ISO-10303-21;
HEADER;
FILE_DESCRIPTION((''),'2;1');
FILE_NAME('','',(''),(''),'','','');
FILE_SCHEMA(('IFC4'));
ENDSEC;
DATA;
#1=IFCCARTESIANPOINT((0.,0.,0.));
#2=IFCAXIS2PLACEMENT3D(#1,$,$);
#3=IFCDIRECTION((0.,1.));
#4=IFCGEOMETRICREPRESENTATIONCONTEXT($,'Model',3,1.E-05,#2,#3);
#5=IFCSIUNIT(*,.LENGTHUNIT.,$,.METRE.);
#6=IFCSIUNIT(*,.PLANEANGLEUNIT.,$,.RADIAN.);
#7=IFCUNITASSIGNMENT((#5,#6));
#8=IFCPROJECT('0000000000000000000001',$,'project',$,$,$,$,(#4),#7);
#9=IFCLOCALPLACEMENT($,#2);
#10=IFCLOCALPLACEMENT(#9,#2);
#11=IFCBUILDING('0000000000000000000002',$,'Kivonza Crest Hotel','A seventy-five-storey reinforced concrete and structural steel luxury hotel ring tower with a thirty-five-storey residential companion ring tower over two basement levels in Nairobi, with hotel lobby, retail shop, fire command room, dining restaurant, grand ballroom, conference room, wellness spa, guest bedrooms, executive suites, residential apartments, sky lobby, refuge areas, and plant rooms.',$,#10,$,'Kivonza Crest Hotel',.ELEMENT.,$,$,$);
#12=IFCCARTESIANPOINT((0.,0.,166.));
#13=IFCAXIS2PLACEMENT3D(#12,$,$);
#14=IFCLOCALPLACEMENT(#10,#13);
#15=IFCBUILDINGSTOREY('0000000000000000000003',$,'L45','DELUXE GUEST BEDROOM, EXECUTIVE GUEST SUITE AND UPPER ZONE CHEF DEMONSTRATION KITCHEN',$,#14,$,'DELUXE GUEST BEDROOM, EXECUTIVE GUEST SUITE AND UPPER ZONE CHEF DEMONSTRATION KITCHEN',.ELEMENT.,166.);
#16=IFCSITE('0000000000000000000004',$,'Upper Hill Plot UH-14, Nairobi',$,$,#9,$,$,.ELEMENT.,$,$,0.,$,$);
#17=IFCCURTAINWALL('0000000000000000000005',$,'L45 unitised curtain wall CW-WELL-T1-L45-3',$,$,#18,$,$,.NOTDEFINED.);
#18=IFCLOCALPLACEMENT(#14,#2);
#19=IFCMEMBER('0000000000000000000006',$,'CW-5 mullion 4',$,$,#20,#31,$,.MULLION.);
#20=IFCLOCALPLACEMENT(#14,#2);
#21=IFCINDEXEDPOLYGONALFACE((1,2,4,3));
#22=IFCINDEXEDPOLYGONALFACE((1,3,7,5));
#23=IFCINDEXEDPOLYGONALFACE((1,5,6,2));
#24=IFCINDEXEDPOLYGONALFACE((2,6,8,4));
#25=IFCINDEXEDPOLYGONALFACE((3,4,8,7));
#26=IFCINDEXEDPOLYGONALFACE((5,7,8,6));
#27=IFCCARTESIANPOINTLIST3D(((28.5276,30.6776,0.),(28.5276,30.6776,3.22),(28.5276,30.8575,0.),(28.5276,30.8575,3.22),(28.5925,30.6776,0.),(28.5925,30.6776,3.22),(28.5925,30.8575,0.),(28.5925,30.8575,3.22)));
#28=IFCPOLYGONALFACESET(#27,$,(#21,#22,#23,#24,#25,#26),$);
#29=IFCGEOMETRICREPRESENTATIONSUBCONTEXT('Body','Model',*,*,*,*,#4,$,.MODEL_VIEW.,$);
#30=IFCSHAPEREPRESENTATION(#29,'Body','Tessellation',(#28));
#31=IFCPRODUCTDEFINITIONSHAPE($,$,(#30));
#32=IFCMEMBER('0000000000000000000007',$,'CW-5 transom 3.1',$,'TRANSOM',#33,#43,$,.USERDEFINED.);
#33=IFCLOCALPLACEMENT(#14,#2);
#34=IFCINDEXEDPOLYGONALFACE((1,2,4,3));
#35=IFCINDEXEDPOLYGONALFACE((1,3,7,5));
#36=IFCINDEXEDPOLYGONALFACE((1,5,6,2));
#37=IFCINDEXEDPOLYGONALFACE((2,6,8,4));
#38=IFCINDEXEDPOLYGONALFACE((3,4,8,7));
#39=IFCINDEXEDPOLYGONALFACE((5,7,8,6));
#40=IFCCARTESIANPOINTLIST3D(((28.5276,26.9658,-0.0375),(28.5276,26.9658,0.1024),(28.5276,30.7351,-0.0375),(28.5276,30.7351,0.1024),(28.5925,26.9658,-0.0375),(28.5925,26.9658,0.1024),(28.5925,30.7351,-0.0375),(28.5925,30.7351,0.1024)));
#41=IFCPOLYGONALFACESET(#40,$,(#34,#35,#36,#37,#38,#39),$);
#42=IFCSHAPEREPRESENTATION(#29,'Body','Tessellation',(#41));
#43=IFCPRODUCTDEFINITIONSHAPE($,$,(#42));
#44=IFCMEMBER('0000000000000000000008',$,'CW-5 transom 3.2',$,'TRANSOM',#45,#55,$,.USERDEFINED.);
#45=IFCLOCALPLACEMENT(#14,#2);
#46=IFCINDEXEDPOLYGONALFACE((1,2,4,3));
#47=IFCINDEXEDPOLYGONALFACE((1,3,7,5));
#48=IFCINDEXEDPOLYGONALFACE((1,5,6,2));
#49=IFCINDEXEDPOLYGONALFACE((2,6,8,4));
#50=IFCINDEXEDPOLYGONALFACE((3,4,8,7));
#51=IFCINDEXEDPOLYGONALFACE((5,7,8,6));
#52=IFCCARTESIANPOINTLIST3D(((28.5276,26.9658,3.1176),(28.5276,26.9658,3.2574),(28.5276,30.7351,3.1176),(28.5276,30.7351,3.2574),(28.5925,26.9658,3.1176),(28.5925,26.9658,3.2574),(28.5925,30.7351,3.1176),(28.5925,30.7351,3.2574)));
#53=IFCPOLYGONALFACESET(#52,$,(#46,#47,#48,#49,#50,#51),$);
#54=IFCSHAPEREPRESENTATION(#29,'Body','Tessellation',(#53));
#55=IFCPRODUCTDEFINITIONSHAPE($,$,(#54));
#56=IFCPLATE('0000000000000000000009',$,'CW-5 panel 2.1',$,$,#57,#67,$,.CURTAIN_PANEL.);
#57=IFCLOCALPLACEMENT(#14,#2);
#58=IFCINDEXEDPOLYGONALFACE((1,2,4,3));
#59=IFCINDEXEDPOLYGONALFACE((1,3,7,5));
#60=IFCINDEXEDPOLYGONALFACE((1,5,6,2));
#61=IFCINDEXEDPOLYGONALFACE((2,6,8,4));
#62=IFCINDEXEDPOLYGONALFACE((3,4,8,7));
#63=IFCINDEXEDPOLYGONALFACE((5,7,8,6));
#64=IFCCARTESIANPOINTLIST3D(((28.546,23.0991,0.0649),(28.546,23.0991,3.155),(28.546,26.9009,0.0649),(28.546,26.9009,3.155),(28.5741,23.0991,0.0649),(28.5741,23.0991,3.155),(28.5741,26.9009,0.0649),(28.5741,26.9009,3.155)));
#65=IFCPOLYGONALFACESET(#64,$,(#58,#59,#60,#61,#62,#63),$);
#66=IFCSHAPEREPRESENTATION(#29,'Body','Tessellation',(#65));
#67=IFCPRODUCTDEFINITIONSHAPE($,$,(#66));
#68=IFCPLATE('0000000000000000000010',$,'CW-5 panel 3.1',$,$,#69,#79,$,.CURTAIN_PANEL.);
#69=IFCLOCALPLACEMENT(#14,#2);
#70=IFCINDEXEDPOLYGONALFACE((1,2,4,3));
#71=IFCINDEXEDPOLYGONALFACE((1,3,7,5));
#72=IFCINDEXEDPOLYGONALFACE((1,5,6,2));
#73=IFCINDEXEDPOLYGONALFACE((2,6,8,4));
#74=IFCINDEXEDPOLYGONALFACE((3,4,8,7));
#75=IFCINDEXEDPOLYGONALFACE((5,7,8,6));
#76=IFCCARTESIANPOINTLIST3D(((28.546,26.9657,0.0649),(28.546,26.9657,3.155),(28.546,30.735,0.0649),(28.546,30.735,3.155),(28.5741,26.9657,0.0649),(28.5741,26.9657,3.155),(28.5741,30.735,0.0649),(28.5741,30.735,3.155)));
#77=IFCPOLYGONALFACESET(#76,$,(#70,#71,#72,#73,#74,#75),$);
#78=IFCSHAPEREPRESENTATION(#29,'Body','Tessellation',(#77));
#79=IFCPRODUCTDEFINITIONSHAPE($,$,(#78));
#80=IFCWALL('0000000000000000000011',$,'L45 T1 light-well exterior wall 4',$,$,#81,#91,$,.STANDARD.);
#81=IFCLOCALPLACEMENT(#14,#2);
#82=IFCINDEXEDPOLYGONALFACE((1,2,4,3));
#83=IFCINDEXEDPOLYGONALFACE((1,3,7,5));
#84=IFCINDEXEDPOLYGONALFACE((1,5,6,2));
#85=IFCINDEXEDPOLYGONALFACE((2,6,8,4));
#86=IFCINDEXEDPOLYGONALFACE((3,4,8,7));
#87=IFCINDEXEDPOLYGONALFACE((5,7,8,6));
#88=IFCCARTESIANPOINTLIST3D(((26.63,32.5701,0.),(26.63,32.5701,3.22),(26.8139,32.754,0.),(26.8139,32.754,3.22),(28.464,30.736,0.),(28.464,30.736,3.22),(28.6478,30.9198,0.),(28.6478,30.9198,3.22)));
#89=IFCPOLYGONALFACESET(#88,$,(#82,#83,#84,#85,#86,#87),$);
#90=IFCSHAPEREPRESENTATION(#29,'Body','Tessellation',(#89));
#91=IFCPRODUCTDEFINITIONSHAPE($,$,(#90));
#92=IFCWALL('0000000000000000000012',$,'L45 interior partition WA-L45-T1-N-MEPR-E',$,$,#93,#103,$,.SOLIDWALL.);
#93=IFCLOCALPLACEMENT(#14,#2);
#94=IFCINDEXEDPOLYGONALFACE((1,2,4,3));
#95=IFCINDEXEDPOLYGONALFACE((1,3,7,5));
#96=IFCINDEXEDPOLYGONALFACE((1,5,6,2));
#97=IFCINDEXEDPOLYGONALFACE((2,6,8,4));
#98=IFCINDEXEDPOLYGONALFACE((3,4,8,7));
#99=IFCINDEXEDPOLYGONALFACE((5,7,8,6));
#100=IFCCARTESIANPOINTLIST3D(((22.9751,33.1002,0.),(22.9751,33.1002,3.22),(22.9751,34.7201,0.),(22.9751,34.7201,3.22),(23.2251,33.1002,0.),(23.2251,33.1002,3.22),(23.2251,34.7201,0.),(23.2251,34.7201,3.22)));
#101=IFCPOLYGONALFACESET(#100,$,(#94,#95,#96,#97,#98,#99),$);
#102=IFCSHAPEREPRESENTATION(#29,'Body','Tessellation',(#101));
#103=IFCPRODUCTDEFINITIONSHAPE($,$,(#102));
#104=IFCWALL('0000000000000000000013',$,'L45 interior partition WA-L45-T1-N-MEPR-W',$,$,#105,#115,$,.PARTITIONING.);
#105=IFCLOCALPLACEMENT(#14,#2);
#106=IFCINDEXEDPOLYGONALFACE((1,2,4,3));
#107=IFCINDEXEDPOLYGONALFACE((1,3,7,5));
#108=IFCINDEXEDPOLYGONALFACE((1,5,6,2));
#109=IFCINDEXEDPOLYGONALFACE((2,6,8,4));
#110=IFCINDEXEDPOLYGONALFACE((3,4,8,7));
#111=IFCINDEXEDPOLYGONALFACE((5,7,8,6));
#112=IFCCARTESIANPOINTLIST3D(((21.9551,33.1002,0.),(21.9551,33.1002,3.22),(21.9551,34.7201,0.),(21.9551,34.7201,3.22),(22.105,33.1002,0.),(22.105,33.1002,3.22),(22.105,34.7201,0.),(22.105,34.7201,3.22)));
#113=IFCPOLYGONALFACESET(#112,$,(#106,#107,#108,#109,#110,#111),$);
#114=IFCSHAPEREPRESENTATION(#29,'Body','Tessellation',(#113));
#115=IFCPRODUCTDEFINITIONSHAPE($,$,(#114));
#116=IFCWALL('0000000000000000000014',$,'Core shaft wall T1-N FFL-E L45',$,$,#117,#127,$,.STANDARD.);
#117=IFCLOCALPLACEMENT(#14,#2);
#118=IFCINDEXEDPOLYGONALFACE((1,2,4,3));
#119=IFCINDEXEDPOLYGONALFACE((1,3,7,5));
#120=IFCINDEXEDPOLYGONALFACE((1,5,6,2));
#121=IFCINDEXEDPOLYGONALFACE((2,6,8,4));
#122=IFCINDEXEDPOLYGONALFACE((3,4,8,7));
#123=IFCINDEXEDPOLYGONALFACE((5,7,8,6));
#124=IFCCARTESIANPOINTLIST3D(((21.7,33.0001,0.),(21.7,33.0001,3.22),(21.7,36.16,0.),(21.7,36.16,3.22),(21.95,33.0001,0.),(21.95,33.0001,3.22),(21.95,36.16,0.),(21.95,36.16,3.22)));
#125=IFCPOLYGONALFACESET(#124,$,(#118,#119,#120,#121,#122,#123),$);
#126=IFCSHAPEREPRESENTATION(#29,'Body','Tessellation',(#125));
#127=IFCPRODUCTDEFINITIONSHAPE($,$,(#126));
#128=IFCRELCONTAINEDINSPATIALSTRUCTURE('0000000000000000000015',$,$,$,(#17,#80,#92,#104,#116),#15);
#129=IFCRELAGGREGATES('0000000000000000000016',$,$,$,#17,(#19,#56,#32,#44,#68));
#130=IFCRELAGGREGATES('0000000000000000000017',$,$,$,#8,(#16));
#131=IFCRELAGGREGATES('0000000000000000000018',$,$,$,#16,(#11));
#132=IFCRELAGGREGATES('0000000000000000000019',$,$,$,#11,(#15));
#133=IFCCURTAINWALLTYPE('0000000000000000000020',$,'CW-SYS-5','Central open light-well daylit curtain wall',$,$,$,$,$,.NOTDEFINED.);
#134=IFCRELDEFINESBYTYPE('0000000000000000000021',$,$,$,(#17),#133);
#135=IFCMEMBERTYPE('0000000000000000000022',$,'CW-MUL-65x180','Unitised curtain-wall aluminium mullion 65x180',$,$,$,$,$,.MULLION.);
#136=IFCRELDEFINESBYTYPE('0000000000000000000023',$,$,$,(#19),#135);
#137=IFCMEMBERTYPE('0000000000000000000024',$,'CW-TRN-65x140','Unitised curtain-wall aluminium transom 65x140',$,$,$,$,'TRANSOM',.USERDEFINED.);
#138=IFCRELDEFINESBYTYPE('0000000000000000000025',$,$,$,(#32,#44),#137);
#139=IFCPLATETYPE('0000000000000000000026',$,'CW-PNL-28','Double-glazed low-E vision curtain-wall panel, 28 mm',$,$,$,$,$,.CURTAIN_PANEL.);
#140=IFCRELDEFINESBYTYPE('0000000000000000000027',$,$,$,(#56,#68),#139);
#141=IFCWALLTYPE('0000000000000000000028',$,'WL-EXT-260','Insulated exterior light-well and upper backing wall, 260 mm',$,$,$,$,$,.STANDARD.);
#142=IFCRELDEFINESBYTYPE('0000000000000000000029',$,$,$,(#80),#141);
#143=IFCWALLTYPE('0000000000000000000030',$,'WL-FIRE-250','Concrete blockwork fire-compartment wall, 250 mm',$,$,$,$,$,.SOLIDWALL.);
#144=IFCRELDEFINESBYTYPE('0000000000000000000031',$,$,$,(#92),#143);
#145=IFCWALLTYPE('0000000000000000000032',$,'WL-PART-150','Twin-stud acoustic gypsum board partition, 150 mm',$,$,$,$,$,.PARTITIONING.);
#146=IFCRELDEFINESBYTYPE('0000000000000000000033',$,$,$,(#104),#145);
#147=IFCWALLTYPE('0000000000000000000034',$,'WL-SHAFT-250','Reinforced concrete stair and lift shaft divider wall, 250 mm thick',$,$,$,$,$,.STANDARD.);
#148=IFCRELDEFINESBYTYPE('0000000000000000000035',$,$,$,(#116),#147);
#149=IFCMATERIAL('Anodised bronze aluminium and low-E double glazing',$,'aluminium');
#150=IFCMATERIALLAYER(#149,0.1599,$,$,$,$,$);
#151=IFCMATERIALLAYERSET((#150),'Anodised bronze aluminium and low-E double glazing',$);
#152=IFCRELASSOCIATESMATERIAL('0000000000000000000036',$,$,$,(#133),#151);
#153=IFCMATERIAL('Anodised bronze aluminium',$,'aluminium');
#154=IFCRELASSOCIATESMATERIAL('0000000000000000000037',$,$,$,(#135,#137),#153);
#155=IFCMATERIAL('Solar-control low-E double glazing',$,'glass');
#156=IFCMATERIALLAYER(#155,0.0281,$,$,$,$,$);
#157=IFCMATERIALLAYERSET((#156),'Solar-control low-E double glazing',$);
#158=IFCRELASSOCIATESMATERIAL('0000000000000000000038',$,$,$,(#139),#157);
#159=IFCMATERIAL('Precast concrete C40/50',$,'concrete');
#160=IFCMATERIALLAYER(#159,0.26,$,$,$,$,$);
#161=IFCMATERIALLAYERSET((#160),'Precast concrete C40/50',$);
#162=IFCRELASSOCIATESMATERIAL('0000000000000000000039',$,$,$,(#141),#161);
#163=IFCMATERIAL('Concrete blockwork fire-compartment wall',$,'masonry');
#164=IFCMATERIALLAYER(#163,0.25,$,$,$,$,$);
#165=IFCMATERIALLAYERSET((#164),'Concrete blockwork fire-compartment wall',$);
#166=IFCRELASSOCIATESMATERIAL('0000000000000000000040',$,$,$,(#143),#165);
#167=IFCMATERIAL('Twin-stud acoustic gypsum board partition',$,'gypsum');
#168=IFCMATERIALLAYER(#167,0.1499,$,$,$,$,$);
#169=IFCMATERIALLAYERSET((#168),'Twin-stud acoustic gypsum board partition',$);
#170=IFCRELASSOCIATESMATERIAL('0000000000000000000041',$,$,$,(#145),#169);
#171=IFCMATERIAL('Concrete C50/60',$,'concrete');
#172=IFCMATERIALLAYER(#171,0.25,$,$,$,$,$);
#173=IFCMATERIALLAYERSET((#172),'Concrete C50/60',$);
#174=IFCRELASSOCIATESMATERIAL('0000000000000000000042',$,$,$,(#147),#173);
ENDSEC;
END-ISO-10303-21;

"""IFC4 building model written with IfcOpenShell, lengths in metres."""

from ifc_helpers import new_model, si_unit, direction, frame, frame_2d, origin, origin_2d, place, context, subcontext, project, spatial, rectangle, extrude, material, layer, layer_set, material_profile, profile_set, type_object, element, aggregate, save


model = new_model("IFC4")

# Units and contexts
model_context = context("Model", 3, precision=1e-05, world=origin(), true_north=direction((0.0, 1.0)))
body_context = subcontext(model_context, "Body", "Model", "MODEL_VIEW")
ifc_project = project(units=[si_unit("LENGTHUNIT", "METRE"), si_unit("PLANEANGLEUNIT", "RADIAN")], contexts=[model_context])

# Site, building, storey
site_placement = place(None, origin())
site = spatial("IfcSite", under=ifc_project, at=site_placement, Name="Upper Hill Plot UH-14, Nairobi", CompositionType="ELEMENT", RefElevation=0.0)
building_placement = place(site_placement, origin())
building = spatial("IfcBuilding", under=site, at=building_placement, Name="Kivonza Crest Hotel", Description="A seventy-five-storey reinforced concrete and structural steel luxury hotel ring tower with a thirty-five-storey residential companion ring tower over two basement levels in Nairobi, with hotel lobby, retail shop, fire command room, dining restaurant, grand ballroom, conference room, wellness spa, guest bedrooms, executive suites, residential apartments, sky lobby, refuge areas, and plant rooms.", LongName="Kivonza Crest Hotel", CompositionType="ELEMENT")
storey_placement = place(building_placement, frame((0.0, 0.0, 166.0)))
storey = spatial("IfcBuildingStorey", under=building, at=storey_placement, Name="L45", Description="DELUXE GUEST BEDROOM, EXECUTIVE GUEST SUITE AND UPPER ZONE CHEF DEMONSTRATION KITCHEN", LongName="DELUXE GUEST BEDROOM, EXECUTIVE GUEST SUITE AND UPPER ZONE CHEF DEMONSTRATION KITCHEN", CompositionType="ELEMENT", Elevation=166.0)

# Shared definitions
ifc_material_1 = material(Name="Concrete C50/60", Category="concrete")

# Curtain wall, members, plates
ifc_material_2 = material(Name="Anodised bronze aluminium and low-E double glazing", Category="aluminium")
ifc_layer_1 = layer(ifc_material_2, 0.1599)
ifc_layer_set_1 = layer_set([ifc_layer_1], Name="Anodised bronze aluminium and low-E double glazing")
curtain_wall_type = type_object("IfcCurtainWallType", Name="CW-SYS-5", Description="Central open light-well daylit curtain wall", PredefinedType="NOTDEFINED", material=ifc_layer_set_1)
curtain_wall_placement = place(storey_placement, origin())
curtain_wall = element("IfcCurtainWall", 1, at=curtain_wall_placement, inside=storey, type_object=curtain_wall_type, Name="L45 unitised curtain wall CW-WELL-T1-L45-3", PredefinedType="NOTDEFINED")
ifc_material_3 = material(Name="Anodised bronze aluminium", Category="aluminium")
ifc_material_profile_1 = material_profile(ifc_material_3, rectangle(XDim=0.0649, YDim=0.1799, at=origin_2d()), Name="CW-M 65x180")
ifc_profile_set_1 = profile_set([ifc_material_profile_1], Name="Anodised bronze aluminium")
member_type_1 = type_object("IfcMemberType", Name="CW-MUL-65x180", Description="Unitised curtain-wall aluminium mullion 65x180", PredefinedType="MULLION", material=ifc_profile_set_1)
member_1_placement = place(storey_placement, frame((28.5601, 30.7676, 0.0), z_axis=(0.0, 0.0, 1.0), x_axis=(-1.0, 0.0, 0.0)))
member_1 = element("IfcMember", 2, at=member_1_placement, type_object=member_type_1, Name="CW-5 mullion 4", PredefinedType="MULLION", context=body_context, shape_type="SweptSolid", body=[
    extrude(rectangle(XDim=0.0649, YDim=0.1799, at=origin_2d()), origin(), (0.0, 0.0, 1.0), 3.22),
])
ifc_material_profile_2 = material_profile(ifc_material_3, rectangle(XDim=0.0649, YDim=0.1399, at=origin_2d()), Name="CW-T 65x140")
ifc_profile_set_2 = profile_set([ifc_material_profile_2], Name="Anodised bronze aluminium")
member_type_2 = type_object("IfcMemberType", Name="CW-TRN-65x140", Description="Unitised curtain-wall aluminium transom 65x140", ElementType="TRANSOM", PredefinedType="USERDEFINED", material=ifc_profile_set_2)
member_2_placement = place(storey_placement, frame((28.5601, 26.9658, 0.0325), z_axis=(0.0, 1.0, 0.0), x_axis=(-1.0, 0.0, 0.0)))
member_2 = element("IfcMember", 3, at=member_2_placement, type_object=member_type_2, Name="CW-5 transom 3.1", ObjectType="TRANSOM", PredefinedType="USERDEFINED", context=body_context, shape_type="SweptSolid", body=[
    extrude(rectangle(XDim=0.0649, YDim=0.1399, at=origin_2d()), origin(), (0.0, 0.0, 1.0), 3.7693),
])
member_3_placement = place(storey_placement, frame((28.5601, 26.9658, 3.1875), z_axis=(0.0, 1.0, 0.0), x_axis=(-1.0, 0.0, 0.0)))
member_3 = element("IfcMember", 4, at=member_3_placement, type_object=member_type_2, Name="CW-5 transom 3.2", ObjectType="TRANSOM", PredefinedType="USERDEFINED", context=body_context, shape_type="SweptSolid", body=[
    extrude(rectangle(XDim=0.0649, YDim=0.1399, at=origin_2d()), origin(), (0.0, 0.0, 1.0), 3.7693),
])
ifc_material_4 = material(Name="Solar-control low-E double glazing", Category="glass")
ifc_layer_2 = layer(ifc_material_4, 0.0281)
ifc_layer_set_2 = layer_set([ifc_layer_2], Name="Solar-control low-E double glazing")
plate_type = type_object("IfcPlateType", Name="CW-PNL-28", Description="Double-glazed low-E vision curtain-wall panel, 28 mm", PredefinedType="CURTAIN_PANEL", material=ifc_layer_set_2)
plate_1_placement = place(storey_placement, frame((28.5601, 25.0, 0.0649), z_axis=(0.0, 0.0, 1.0), x_axis=(0.0, 1.0, 0.0)))
plate_1 = element("IfcPlate", 5, at=plate_1_placement, type_object=plate_type, Name="CW-5 panel 2.1", PredefinedType="CURTAIN_PANEL", context=body_context, shape_type="SweptSolid", body=[
    extrude(rectangle(XDim=3.8018, YDim=0.0281, at=origin_2d()), origin(), (0.0, 0.0, 1.0), 3.0901),
])
plate_2_placement = place(storey_placement, frame((28.5601, 28.8503, 0.0649), z_axis=(0.0, 0.0, 1.0), x_axis=(0.0, 1.0, 0.0)))
plate_2 = element("IfcPlate", 6, at=plate_2_placement, type_object=plate_type, Name="CW-5 panel 3.1", PredefinedType="CURTAIN_PANEL", context=body_context, shape_type="SweptSolid", body=[
    extrude(rectangle(XDim=3.7693, YDim=0.0281, at=origin_2d()), origin(), (0.0, 0.0, 1.0), 3.0901),
])
aggregate(curtain_wall, [member_1, plate_1, member_2, member_3, plate_2])

# Walls
ifc_material_5 = material(Name="Precast concrete C40/50", Category="concrete")
ifc_layer_3 = layer(ifc_material_5, 0.26)
ifc_layer_set_3 = layer_set([ifc_layer_3], Name="Precast concrete C40/50")
wall_type_1 = type_object("IfcWallType", Name="WL-EXT-260", Description="Insulated exterior light-well and upper backing wall, 260 mm", PredefinedType="STANDARD", material=ifc_layer_set_3)
wall_1_placement = place(storey_placement, frame((28.5559, 30.8279, 0.0), z_axis=(0.0, 0.0, 1.0), x_axis=(-0.70706, 0.707154, 0.0)))
element("IfcWall", 7, at=wall_1_placement, inside=storey, type_object=wall_type_1, Name="L45 T1 light-well exterior wall 4", PredefinedType="STANDARD", context=body_context, shape_type="SweptSolid", body=[
    extrude(rectangle(XDim=2.5938, YDim=0.26, at=frame_2d((1.2969, 0.0))), origin(), (0.0, 0.0, 1.0), 3.22),
])
ifc_material_6 = material(Name="Concrete blockwork fire-compartment wall", Category="masonry")
ifc_layer_4 = layer(ifc_material_6, 0.25)
ifc_layer_set_4 = layer_set([ifc_layer_4], Name="Concrete blockwork fire-compartment wall")
wall_type_2 = type_object("IfcWallType", Name="WL-FIRE-250", Description="Concrete blockwork fire-compartment wall, 250 mm", PredefinedType="SOLIDWALL", material=ifc_layer_set_4)
wall_2_placement = place(storey_placement, frame((23.1001, 33.1001, 0.0), z_axis=(0.0, 0.0, 1.0), x_axis=(0.0, 1.0, 0.0)))
element("IfcWall", 8, at=wall_2_placement, inside=storey, type_object=wall_type_2, Name="L45 interior partition WA-L45-T1-N-MEPR-E", PredefinedType="SOLIDWALL", context=body_context, shape_type="SweptSolid", body=[
    extrude(rectangle(XDim=1.6199, YDim=0.25, at=frame_2d((0.8101, 0.0))), origin(), (0.0, 0.0, 1.0), 3.22),
])
ifc_material_7 = material(Name="Twin-stud acoustic gypsum board partition", Category="gypsum")
ifc_layer_5 = layer(ifc_material_7, 0.1499)
ifc_layer_set_5 = layer_set([ifc_layer_5], Name="Twin-stud acoustic gypsum board partition")
wall_type_3 = type_object("IfcWallType", Name="WL-PART-150", Description="Twin-stud acoustic gypsum board partition, 150 mm", PredefinedType="PARTITIONING", material=ifc_layer_set_5)
wall_3_placement = place(storey_placement, frame((22.03, 33.1001, 0.0), z_axis=(0.0, 0.0, 1.0), x_axis=(0.0, 1.0, 0.0)))
element("IfcWall", 9, at=wall_3_placement, inside=storey, type_object=wall_type_3, Name="L45 interior partition WA-L45-T1-N-MEPR-W", PredefinedType="PARTITIONING", context=body_context, shape_type="SweptSolid", body=[
    extrude(rectangle(XDim=1.6199, YDim=0.1499, at=frame_2d((0.8101, 0.0))), origin(), (0.0, 0.0, 1.0), 3.22),
])

# Shared definitions
ifc_layer_6 = layer(ifc_material_1, 0.25)
ifc_layer_set_6 = layer_set([ifc_layer_6], Name="Concrete C50/60")
wall_type_4 = type_object("IfcWallType", Name="WL-SHAFT-250", Description="Reinforced concrete stair and lift shaft divider wall, 250 mm thick", PredefinedType="STANDARD", material=ifc_layer_set_6)

# Wall
wall_4_placement = place(storey_placement, frame((21.825, 33.0, 0.0), z_axis=(0.0, 0.0, 1.0), x_axis=(0.0, 1.0, 0.0)))
element("IfcWall", 10, at=wall_4_placement, inside=storey, type_object=wall_type_4, Name="Core shaft wall T1-N FFL-E L45", PredefinedType="STANDARD", context=body_context, shape_type="SweptSolid", body=[
    extrude(rectangle(XDim=3.1599, YDim=0.25, at=frame_2d((1.5801, 0.0))), origin(), (0.0, 0.0, 1.0), 3.22),
])

save(model, "model.ifc")
